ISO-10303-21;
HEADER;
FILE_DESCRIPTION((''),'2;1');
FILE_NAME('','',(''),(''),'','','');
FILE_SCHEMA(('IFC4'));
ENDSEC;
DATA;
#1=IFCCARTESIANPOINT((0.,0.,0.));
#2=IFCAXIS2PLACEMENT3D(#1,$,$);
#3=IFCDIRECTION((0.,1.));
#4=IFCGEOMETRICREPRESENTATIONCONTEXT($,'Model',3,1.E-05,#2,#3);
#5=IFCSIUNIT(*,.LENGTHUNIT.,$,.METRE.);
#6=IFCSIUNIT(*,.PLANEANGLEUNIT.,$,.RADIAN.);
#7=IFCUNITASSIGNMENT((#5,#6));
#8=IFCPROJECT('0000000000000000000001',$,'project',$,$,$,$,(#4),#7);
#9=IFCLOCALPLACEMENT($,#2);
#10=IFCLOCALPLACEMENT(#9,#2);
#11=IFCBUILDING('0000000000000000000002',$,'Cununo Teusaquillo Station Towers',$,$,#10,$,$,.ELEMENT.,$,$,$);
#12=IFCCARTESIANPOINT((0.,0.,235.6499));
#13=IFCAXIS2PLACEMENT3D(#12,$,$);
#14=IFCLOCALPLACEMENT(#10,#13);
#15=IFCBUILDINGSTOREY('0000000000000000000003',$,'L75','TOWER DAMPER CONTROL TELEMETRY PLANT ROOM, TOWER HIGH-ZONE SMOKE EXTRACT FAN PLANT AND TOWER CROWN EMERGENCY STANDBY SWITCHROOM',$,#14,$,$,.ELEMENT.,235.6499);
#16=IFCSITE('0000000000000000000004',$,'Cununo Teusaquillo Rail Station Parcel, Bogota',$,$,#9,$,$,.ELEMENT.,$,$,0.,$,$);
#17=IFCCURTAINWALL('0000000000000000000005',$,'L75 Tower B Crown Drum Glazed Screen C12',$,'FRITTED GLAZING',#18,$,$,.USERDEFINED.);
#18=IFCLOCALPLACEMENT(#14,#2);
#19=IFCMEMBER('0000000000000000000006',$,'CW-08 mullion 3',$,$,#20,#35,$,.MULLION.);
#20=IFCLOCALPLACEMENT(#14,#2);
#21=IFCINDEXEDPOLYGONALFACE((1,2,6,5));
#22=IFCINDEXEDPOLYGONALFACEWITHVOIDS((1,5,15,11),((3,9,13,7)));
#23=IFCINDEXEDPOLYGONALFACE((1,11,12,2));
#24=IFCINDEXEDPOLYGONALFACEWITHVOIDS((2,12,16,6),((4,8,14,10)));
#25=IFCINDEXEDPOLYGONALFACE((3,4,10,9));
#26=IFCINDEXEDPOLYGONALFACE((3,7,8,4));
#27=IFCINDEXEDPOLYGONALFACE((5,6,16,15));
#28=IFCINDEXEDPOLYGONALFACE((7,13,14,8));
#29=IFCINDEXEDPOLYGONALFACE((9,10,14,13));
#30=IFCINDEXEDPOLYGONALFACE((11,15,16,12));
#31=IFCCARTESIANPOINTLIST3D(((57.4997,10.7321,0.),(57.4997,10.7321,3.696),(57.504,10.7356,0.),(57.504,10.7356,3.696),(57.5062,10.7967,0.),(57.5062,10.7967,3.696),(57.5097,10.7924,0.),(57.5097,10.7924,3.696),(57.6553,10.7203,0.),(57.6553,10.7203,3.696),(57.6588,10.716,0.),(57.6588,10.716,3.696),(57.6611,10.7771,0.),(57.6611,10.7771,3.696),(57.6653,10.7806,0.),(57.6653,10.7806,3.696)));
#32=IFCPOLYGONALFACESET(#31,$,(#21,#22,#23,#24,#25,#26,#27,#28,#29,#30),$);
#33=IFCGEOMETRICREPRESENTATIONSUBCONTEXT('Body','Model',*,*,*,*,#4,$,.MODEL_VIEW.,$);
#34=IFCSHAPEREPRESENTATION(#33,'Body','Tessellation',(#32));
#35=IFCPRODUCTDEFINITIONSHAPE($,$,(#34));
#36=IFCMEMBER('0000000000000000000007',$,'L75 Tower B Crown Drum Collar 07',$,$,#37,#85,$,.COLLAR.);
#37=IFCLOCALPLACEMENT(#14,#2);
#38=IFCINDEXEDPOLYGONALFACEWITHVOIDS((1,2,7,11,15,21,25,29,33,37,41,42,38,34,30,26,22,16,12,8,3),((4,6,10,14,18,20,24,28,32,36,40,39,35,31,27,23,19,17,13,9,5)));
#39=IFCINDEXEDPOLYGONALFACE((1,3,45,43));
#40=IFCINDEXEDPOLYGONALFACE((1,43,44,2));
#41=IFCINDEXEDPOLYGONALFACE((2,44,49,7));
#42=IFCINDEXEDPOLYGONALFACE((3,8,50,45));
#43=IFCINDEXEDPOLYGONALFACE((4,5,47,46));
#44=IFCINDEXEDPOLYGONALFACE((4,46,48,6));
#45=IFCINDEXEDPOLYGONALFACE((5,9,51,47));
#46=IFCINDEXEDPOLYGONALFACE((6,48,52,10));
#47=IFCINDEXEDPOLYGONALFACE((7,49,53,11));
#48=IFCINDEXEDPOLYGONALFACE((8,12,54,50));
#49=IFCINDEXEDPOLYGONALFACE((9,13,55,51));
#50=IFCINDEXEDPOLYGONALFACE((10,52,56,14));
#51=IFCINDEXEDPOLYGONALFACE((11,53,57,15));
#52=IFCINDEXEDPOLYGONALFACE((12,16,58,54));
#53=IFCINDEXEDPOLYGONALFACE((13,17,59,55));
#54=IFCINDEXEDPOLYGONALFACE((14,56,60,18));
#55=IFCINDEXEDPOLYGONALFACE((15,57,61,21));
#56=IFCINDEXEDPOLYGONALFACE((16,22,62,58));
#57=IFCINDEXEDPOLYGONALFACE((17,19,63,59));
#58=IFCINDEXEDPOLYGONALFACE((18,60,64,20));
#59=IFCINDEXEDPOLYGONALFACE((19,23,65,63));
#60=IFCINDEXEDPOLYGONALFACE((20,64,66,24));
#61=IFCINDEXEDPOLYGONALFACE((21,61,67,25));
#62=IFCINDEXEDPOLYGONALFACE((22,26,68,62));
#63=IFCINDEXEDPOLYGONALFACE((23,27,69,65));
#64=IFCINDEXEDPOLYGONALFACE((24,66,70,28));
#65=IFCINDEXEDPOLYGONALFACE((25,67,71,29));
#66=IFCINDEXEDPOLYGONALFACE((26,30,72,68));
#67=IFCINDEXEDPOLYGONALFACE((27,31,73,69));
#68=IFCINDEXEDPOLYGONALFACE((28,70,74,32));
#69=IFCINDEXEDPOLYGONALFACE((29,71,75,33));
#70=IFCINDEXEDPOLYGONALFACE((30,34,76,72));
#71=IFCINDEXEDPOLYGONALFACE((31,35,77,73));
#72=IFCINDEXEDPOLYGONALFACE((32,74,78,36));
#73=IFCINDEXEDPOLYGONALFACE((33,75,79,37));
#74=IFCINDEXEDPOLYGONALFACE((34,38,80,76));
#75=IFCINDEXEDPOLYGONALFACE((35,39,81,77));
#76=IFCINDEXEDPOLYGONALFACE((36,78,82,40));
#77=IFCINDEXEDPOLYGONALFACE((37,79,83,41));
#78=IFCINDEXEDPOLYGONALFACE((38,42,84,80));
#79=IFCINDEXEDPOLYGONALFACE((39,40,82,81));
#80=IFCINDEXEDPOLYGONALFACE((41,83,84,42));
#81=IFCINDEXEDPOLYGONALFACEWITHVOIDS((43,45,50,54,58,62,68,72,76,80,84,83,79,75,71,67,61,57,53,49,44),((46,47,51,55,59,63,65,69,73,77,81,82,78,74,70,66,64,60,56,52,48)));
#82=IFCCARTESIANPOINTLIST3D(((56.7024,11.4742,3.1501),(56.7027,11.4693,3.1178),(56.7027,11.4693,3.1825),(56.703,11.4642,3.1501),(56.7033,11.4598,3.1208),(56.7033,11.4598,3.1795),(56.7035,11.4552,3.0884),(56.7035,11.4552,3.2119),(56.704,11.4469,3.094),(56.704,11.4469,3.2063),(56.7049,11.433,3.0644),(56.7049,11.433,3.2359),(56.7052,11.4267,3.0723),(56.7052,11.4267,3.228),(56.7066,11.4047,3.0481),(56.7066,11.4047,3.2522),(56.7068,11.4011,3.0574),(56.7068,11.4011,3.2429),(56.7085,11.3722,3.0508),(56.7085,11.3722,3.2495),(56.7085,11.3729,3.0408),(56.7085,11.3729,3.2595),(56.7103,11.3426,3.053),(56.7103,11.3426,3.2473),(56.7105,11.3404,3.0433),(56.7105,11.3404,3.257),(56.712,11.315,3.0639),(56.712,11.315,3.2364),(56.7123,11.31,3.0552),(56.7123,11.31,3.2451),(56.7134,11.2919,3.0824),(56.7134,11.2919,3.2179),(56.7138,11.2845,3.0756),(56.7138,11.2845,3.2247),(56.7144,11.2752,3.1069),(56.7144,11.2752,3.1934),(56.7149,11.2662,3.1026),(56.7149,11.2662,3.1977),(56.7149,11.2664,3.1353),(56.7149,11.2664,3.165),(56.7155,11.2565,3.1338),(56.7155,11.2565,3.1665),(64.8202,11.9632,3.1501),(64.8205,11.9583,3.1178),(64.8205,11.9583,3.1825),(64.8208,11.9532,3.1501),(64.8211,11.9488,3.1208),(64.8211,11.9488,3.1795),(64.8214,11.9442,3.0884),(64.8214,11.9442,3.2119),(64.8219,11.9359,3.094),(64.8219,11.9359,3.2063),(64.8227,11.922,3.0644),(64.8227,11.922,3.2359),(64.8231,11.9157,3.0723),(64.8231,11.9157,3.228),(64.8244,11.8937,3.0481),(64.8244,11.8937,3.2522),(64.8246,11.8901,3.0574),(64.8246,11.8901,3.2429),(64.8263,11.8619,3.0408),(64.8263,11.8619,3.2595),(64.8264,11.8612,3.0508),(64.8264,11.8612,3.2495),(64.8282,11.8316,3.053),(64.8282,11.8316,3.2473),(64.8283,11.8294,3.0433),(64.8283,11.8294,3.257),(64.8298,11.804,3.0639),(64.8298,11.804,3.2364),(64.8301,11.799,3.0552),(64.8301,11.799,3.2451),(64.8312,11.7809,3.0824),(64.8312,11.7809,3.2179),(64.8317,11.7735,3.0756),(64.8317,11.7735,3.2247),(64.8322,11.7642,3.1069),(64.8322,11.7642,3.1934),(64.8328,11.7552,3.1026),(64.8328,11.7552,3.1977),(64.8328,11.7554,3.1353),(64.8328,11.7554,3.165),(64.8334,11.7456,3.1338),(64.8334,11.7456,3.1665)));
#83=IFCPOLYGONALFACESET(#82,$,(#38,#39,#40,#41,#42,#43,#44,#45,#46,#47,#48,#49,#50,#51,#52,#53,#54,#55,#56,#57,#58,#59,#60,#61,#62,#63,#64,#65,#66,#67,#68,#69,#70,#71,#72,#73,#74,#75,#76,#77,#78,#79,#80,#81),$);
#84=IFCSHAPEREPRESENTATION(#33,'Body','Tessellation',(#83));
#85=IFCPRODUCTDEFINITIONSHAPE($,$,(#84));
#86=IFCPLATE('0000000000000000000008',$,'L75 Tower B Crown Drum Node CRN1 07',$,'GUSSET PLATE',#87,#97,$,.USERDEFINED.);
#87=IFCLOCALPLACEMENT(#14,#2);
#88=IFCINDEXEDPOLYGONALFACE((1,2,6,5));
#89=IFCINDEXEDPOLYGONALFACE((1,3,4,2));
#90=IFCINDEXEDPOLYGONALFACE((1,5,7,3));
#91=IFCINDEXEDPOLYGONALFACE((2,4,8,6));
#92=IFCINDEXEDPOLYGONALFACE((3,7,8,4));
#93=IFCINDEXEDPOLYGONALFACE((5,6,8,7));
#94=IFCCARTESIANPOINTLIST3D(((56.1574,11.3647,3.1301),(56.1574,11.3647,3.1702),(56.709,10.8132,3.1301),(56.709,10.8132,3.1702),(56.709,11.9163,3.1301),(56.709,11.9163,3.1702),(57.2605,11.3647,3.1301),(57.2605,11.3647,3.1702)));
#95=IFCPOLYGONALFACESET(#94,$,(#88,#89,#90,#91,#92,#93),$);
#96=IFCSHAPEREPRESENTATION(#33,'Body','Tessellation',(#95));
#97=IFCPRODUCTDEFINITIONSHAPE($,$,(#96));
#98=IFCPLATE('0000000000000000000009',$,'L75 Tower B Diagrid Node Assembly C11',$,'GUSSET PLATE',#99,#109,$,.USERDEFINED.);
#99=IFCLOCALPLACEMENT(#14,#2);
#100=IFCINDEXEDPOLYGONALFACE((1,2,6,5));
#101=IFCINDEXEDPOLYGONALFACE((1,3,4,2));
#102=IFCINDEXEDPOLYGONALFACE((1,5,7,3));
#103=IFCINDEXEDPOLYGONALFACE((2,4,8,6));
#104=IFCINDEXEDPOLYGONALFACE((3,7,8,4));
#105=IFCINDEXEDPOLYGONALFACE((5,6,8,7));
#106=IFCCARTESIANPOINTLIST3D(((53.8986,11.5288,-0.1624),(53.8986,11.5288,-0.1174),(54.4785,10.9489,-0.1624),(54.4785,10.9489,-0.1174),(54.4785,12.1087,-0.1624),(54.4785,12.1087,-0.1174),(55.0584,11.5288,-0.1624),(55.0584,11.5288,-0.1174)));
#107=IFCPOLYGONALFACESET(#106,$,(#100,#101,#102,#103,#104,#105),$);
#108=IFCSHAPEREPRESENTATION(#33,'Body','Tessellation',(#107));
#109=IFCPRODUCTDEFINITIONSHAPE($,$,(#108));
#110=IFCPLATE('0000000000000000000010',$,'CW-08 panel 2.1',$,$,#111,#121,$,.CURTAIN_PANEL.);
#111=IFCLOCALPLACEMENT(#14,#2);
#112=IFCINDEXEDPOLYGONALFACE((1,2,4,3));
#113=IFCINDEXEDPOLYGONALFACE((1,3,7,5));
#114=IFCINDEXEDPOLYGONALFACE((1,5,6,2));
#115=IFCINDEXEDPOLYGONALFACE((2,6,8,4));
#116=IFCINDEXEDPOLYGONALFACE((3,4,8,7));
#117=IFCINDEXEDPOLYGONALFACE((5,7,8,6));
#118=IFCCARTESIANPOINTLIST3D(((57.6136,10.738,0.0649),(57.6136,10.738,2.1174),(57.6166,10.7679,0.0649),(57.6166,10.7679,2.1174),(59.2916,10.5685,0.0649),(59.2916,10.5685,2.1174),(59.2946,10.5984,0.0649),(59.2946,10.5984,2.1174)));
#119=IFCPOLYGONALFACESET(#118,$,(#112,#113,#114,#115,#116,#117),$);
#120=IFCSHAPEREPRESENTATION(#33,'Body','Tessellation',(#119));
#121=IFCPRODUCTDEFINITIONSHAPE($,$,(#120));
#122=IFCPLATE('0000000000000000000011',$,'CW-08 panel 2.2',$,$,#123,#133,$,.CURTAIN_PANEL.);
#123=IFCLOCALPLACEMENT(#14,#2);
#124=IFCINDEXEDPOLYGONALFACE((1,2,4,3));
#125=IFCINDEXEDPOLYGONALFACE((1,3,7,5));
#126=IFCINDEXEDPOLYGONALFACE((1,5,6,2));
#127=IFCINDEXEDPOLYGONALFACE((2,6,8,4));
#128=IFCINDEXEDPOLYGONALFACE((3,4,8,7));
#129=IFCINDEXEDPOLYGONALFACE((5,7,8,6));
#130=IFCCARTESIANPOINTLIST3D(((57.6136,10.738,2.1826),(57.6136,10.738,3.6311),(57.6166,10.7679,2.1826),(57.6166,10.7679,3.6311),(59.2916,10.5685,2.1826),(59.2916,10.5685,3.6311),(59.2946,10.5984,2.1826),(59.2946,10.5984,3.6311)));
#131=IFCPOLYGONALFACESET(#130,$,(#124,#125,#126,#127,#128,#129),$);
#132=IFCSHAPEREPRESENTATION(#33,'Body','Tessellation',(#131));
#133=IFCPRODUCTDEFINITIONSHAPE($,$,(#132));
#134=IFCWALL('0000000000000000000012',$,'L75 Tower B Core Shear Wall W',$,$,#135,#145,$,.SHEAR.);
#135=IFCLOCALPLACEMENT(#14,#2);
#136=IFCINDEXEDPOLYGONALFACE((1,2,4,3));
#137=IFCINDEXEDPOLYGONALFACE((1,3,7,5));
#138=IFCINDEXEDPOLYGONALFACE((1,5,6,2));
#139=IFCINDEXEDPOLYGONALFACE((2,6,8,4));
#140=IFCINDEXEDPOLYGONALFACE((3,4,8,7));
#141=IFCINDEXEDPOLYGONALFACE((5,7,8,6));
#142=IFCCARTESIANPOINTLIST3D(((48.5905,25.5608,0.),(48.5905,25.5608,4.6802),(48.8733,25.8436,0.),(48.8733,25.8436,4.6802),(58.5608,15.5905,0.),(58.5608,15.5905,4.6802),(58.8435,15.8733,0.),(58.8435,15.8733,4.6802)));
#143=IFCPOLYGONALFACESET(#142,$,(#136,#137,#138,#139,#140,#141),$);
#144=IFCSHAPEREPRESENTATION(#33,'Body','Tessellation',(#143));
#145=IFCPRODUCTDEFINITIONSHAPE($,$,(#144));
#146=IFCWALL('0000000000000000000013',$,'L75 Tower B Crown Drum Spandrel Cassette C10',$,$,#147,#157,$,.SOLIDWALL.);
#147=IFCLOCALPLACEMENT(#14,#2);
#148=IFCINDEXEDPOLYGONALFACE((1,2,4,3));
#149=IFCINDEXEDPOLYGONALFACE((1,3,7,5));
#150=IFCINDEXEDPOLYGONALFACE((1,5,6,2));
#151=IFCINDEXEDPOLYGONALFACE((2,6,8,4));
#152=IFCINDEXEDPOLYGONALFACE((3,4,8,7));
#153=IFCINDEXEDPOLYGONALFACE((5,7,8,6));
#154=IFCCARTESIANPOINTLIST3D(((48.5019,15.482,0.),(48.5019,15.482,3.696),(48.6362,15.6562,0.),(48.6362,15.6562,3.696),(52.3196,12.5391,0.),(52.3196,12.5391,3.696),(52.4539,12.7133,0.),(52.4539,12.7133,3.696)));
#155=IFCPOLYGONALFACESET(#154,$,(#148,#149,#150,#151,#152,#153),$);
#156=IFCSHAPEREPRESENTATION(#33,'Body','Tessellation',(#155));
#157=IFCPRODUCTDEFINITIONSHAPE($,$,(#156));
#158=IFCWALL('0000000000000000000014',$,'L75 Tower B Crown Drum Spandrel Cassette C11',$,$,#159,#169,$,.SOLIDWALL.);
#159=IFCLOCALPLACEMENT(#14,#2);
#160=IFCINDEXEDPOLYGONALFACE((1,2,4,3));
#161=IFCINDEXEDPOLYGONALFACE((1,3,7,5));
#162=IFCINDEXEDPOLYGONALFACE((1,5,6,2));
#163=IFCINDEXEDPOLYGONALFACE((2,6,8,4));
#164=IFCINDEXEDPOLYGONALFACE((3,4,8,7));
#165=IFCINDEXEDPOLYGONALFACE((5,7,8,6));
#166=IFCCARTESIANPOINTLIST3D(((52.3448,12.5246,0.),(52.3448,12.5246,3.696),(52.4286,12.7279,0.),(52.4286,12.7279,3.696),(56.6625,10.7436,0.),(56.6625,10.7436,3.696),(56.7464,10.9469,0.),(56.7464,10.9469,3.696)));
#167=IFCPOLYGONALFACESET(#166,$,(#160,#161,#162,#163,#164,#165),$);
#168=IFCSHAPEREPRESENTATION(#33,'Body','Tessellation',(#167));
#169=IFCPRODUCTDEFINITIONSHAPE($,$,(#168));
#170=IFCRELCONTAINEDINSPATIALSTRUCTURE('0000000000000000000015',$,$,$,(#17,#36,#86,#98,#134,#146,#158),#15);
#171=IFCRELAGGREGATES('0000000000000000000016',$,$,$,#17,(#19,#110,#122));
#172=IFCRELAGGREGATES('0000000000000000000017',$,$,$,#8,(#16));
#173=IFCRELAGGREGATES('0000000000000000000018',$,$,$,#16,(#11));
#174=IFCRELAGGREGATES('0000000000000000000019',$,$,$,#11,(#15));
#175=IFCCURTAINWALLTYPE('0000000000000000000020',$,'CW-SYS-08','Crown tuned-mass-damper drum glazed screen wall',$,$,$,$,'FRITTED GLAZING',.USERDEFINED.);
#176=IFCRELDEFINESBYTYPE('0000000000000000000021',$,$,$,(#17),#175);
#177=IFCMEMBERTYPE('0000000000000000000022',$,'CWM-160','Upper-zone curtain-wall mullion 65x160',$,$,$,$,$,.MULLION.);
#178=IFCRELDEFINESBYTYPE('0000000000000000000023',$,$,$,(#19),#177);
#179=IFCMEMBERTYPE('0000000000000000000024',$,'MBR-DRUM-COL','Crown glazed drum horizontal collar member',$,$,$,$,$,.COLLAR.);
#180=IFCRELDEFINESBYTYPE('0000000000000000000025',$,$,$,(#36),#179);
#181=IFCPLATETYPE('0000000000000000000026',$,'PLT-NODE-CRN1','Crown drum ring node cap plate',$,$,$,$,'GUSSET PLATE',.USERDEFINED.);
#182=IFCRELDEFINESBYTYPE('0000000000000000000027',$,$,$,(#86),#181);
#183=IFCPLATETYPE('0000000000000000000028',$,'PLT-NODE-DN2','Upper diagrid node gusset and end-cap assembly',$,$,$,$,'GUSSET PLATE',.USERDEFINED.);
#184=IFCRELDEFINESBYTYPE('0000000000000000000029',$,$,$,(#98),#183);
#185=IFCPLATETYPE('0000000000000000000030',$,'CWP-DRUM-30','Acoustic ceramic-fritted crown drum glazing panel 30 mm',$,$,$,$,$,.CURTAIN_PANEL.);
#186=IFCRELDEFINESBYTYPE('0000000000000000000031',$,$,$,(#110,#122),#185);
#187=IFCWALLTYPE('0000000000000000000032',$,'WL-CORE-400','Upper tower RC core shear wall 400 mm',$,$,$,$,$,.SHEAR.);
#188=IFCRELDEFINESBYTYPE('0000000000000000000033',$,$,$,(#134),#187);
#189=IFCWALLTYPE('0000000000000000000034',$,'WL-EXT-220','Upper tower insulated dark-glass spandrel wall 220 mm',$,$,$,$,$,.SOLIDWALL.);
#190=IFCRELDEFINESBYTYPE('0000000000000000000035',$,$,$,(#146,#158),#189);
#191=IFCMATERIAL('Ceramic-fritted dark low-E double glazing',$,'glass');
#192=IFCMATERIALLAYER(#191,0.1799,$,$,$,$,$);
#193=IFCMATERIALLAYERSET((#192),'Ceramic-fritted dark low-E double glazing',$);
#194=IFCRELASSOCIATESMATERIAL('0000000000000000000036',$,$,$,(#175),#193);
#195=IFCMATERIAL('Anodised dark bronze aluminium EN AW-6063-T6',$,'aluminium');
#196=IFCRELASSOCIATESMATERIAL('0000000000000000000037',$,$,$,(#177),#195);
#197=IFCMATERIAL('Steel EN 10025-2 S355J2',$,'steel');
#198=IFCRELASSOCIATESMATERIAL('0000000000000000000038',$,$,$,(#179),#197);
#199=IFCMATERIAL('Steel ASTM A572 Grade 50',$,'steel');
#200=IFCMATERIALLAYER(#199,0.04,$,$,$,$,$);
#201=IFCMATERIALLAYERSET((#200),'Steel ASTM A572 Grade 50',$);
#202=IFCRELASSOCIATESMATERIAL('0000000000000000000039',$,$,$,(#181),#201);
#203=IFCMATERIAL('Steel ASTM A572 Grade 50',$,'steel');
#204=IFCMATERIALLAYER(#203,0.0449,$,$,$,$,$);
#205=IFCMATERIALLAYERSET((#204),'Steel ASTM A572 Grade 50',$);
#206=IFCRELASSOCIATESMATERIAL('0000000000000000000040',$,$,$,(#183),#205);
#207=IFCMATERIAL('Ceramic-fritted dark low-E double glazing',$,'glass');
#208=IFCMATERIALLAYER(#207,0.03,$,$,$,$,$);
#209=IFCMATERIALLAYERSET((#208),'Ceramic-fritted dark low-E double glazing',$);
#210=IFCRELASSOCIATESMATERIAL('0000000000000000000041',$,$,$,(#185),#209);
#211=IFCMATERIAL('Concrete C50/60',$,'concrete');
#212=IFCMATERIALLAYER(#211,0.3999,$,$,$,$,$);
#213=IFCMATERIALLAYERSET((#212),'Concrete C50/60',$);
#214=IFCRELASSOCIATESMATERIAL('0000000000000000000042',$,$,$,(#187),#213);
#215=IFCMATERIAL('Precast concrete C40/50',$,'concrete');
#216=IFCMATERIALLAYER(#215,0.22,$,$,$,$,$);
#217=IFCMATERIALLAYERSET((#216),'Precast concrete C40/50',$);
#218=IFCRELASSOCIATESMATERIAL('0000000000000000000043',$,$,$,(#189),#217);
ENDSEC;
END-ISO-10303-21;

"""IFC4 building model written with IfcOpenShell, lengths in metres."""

from ifc_helpers import new_model, si_unit, direction, frame, frame_2d, origin, origin_2d, place, context, subcontext, project, spatial, rectangle, hollow_rectangle, hollow_circle, extrude, source, transform, mapped, material, layer, layer_set, material_profile, profile_set, type_object, element, aggregate, save


model = new_model("IFC4")

# Units and contexts
model_context = context("Model", 3, precision=1e-05, world=origin(), true_north=direction((0.0, 1.0)))
body_context = subcontext(model_context, "Body", "Model", "MODEL_VIEW")
ifc_project = project(units=[si_unit("LENGTHUNIT", "METRE"), si_unit("PLANEANGLEUNIT", "RADIAN")], contexts=[model_context])

# Site, building, storey
site_placement = place(None, origin())
site = spatial("IfcSite", under=ifc_project, at=site_placement, Name="Cununo Teusaquillo Rail Station Parcel, Bogota", CompositionType="ELEMENT", RefElevation=0.0)
building_placement = place(site_placement, origin())
building = spatial("IfcBuilding", under=site, at=building_placement, Name="Cununo Teusaquillo Station Towers", CompositionType="ELEMENT")
storey_placement = place(building_placement, frame((0.0, 0.0, 235.6499)))
storey = spatial("IfcBuildingStorey", under=building, at=storey_placement, Name="L75", Description="TOWER DAMPER CONTROL TELEMETRY PLANT ROOM, TOWER HIGH-ZONE SMOKE EXTRACT FAN PLANT AND TOWER CROWN EMERGENCY STANDBY SWITCHROOM", CompositionType="ELEMENT", Elevation=235.6499)

# Curtain wall, member
ifc_material_1 = material(Name="Ceramic-fritted dark low-E double glazing", Category="glass")
ifc_layer_1 = layer(ifc_material_1, 0.1799)
ifc_layer_set_1 = layer_set([ifc_layer_1], Name="Ceramic-fritted dark low-E double glazing")
curtain_wall_type = type_object("IfcCurtainWallType", Name="CW-SYS-08", Description="Crown tuned-mass-damper drum glazed screen wall", ElementType="FRITTED GLAZING", PredefinedType="USERDEFINED", material=ifc_layer_set_1)
curtain_wall_placement = place(storey_placement, origin())
curtain_wall = element("IfcCurtainWall", 1, at=curtain_wall_placement, inside=storey, type_object=curtain_wall_type, Name="L75 Tower B Crown Drum Glazed Screen C12", ObjectType="FRITTED GLAZING", PredefinedType="USERDEFINED")
ifc_material_2 = material(Name="Anodised dark bronze aluminium EN AW-6063-T6", Category="aluminium")
ifc_material_profile_1 = material_profile(ifc_material_2, hollow_rectangle(XDim=0.0649, YDim=0.1599, WallThickness=0.0039, at=origin_2d()), Name="CW-MULL-65x160")
ifc_profile_set_1 = profile_set([ifc_material_profile_1], Name="Anodised dark bronze aluminium EN AW-6063-T6")
member_type_1 = type_object("IfcMemberType", Name="CWM-160", Description="Upper-zone curtain-wall mullion 65x160", PredefinedType="MULLION", material=ifc_profile_set_1)
member_1_placement = place(storey_placement, frame((57.5825, 10.7563, 0.0), z_axis=(0.0, 0.0, 1.0), x_axis=(-0.100528, -0.994934, 0.0)))
member_1 = element("IfcMember", 2, at=member_1_placement, type_object=member_type_1, Name="CW-08 mullion 3", PredefinedType="MULLION", context=body_context, shape_type="SweptSolid", body=[
    extrude(hollow_rectangle(XDim=0.0649, YDim=0.1599, WallThickness=0.0039, at=origin_2d()), origin(), (0.0, 0.0, 1.0), 3.696),
])

# Member
ifc_material_3 = material(Name="Steel EN 10025-2 S355J2", Category="steel")
ifc_material_profile_2 = material_profile(ifc_material_3, hollow_circle(Radius=0.1096, WallThickness=0.01, at=origin_2d()), Name="CHS 219x10")
ifc_profile_set_2 = profile_set([ifc_material_profile_2], Name="Steel EN 10025-2 S355J2")
member_type_2 = type_object("IfcMemberType", Name="MBR-DRUM-COL", Description="Crown glazed drum horizontal collar member", PredefinedType="COLLAR", material=ifc_profile_set_2)
member_2_placement = place(storey_placement, frame((56.709, 11.3647, 3.1501), z_axis=(0.998191, 0.06013, 0.0), x_axis=(-0.06013, 0.998191, 0.0)))
element("IfcMember", 3, at=member_2_placement, inside=storey, type_object=member_type_2, Name="L75 Tower B Crown Drum Collar 07", PredefinedType="COLLAR", context=body_context, shape_type="SweptSolid", body=[
    extrude(hollow_circle(Radius=0.1096, WallThickness=0.01, at=origin_2d()), origin(), (0.0, 0.0, 1.0), 8.1326),
])

# Plates
ifc_material_4 = material(Name="Steel ASTM A572 Grade 50", Category="steel")
ifc_layer_2 = layer(ifc_material_4, 0.04)
ifc_layer_set_2 = layer_set([ifc_layer_2], Name="Steel ASTM A572 Grade 50")
plate_type_1 = type_object("IfcPlateType", Name="PLT-NODE-CRN1", Description="Crown drum ring node cap plate", ElementType="GUSSET PLATE", PredefinedType="USERDEFINED", material=ifc_layer_set_2)
shared_shape_1 = source(origin(), body_context, "Body", "SweptSolid", [
    extrude(rectangle(XDim=0.78, YDim=0.78, at=origin_2d()), origin(), (0.0, 0.0, 1.0), 0.04),
])
plate_1_placement = place(storey_placement, frame((56.709, 11.3647, 3.1301), z_axis=(0.0, 0.0, 1.0), x_axis=(0.707107, 0.707107, 0.0)))
element("IfcPlate", 4, at=plate_1_placement, inside=storey, type_object=plate_type_1, Name="L75 Tower B Crown Drum Node CRN1 07", ObjectType="GUSSET PLATE", PredefinedType="USERDEFINED", context=body_context, shape_type="MappedRepresentation", body=[
    mapped(shared_shape_1, transform((0.0, 0.0, 0.0), x_axis=(1.0, 0.0, 0.0), y_axis=(0.0, 1.0, 0.0), z_axis=(0.0, 0.0, 1.0), scale=1.0)),
])
ifc_material_5 = material(Name="Steel ASTM A572 Grade 50", Category="steel")
ifc_layer_3 = layer(ifc_material_5, 0.0449)
ifc_layer_set_3 = layer_set([ifc_layer_3], Name="Steel ASTM A572 Grade 50")
plate_type_2 = type_object("IfcPlateType", Name="PLT-NODE-DN2", Description="Upper diagrid node gusset and end-cap assembly", ElementType="GUSSET PLATE", PredefinedType="USERDEFINED", material=ifc_layer_set_3)
shared_shape_2 = source(origin(), body_context, "Body", "SweptSolid", [
    extrude(rectangle(XDim=0.8201, YDim=0.8201, at=origin_2d()), origin(), (0.0, 0.0, 1.0), 0.0449),
])
plate_2_placement = place(storey_placement, frame((54.4785, 11.5288, -0.1624), z_axis=(0.0, 0.0, 1.0), x_axis=(0.707107, 0.707107, 0.0)))
element("IfcPlate", 5, at=plate_2_placement, inside=storey, type_object=plate_type_2, Name="L75 Tower B Diagrid Node Assembly C11", ObjectType="GUSSET PLATE", PredefinedType="USERDEFINED", context=body_context, shape_type="MappedRepresentation", body=[
    mapped(shared_shape_2, transform((0.0, 0.0, 0.0), x_axis=(1.0, 0.0, 0.0), y_axis=(0.0, 1.0, 0.0), z_axis=(0.0, 0.0, 1.0), scale=1.0)),
])

# Plates
ifc_material_6 = material(Name="Ceramic-fritted dark low-E double glazing", Category="glass")
ifc_layer_4 = layer(ifc_material_6, 0.03)
ifc_layer_set_4 = layer_set([ifc_layer_4], Name="Ceramic-fritted dark low-E double glazing")
plate_type_3 = type_object("IfcPlateType", Name="CWP-DRUM-30", Description="Acoustic ceramic-fritted crown drum glazing panel 30 mm", PredefinedType="CURTAIN_PANEL", material=ifc_layer_set_4)
shared_shape_3 = source(origin(), body_context, "Body", "SweptSolid", [
    extrude(rectangle(XDim=1.6865, YDim=0.03, at=origin_2d()), origin(), (0.0, 0.0, 1.0), 2.0525),
])
plate_3_placement = place(storey_placement, frame((58.4541, 10.6682, 0.0649), z_axis=(0.0, 0.0, 1.0), x_axis=(-0.994934, 0.100528, 0.0)))
plate_3 = element("IfcPlate", 6, at=plate_3_placement, type_object=plate_type_3, Name="CW-08 panel 2.1", PredefinedType="CURTAIN_PANEL", context=body_context, shape_type="MappedRepresentation", body=[
    mapped(shared_shape_3, transform((0.0, 0.0, 0.0), x_axis=(1.0, 0.0, 0.0), y_axis=(0.0, 1.0, 0.0), z_axis=(0.0, 0.0, 1.0), scale=1.0)),
])
shared_shape_4 = source(origin(), body_context, "Body", "SweptSolid", [
    extrude(rectangle(XDim=1.6865, YDim=0.03, at=origin_2d()), origin(), (0.0, 0.0, 1.0), 1.4485),
])
plate_4_placement = place(storey_placement, frame((58.4541, 10.6682, 2.1826), z_axis=(0.0, 0.0, 1.0), x_axis=(-0.994934, 0.100528, 0.0)))
plate_4 = element("IfcPlate", 7, at=plate_4_placement, type_object=plate_type_3, Name="CW-08 panel 2.2", PredefinedType="CURTAIN_PANEL", context=body_context, shape_type="MappedRepresentation", body=[
    mapped(shared_shape_4, transform((0.0, 0.0, 0.0), x_axis=(1.0, 0.0, 0.0), y_axis=(0.0, 1.0, 0.0), z_axis=(0.0, 0.0, 1.0), scale=1.0)),
])
aggregate(curtain_wall, [member_1, plate_3, plate_4])

# Walls
ifc_material_7 = material(Name="Concrete C50/60", Category="concrete")
ifc_layer_5 = layer(ifc_material_7, 0.3999)
ifc_layer_set_5 = layer_set([ifc_layer_5], Name="Concrete C50/60")
wall_type_1 = type_object("IfcWallType", Name="WL-CORE-400", Description="Upper tower RC core shear wall 400 mm", PredefinedType="SHEAR", material=ifc_layer_set_5)
wall_1_placement = place(storey_placement, frame((58.7021, 15.7319, 0.0), z_axis=(0.0, 0.0, 1.0), x_axis=(-0.707107, 0.707107, 0.0)))
element("IfcWall", 8, at=wall_1_placement, inside=storey, type_object=wall_type_1, Name="L75 Tower B Core Shear Wall W", PredefinedType="SHEAR", context=body_context, shape_type="SweptSolid", body=[
    extrude(rectangle(XDim=14.1001, YDim=0.3999, at=frame_2d((7.05, 0.0))), origin(), (0.0, 0.0, 1.0), 4.6802),
])
ifc_material_8 = material(Name="Precast concrete C40/50", Category="concrete")
ifc_layer_6 = layer(ifc_material_8, 0.22)
ifc_layer_set_6 = layer_set([ifc_layer_6], Name="Precast concrete C40/50")
wall_type_2 = type_object("IfcWallType", Name="WL-EXT-220", Description="Upper tower insulated dark-glass spandrel wall 220 mm", PredefinedType="SOLIDWALL", material=ifc_layer_set_6)
wall_2_placement = place(storey_placement, frame((52.3867, 12.6262, 0.0), z_axis=(0.0, 0.0, 1.0), x_axis=(-0.791998, 0.610523, 0.0)))
element("IfcWall", 9, at=wall_2_placement, inside=storey, type_object=wall_type_2, Name="L75 Tower B Crown Drum Spandrel Cassette C10", PredefinedType="SOLIDWALL", context=body_context, shape_type="SweptSolid", body=[
    extrude(rectangle(XDim=4.8203, YDim=0.22, at=frame_2d((2.4102, 0.0))), origin(), (0.0, 0.0, 1.0), 3.696),
])
wall_3_placement = place(storey_placement, frame((56.7046, 10.8452, 0.0), z_axis=(0.0, 0.0, 1.0), x_axis=(-0.924447, 0.38131, 0.0)))
element("IfcWall", 10, at=wall_3_placement, inside=storey, type_object=wall_type_2, Name="L75 Tower B Crown Drum Spandrel Cassette C11", PredefinedType="SOLIDWALL", context=body_context, shape_type="SweptSolid", body=[
    extrude(rectangle(XDim=4.6707, YDim=0.22, at=frame_2d((2.3354, 0.0))), origin(), (0.0, 0.0, 1.0), 3.696),
])

save(model, "model.ifc")
